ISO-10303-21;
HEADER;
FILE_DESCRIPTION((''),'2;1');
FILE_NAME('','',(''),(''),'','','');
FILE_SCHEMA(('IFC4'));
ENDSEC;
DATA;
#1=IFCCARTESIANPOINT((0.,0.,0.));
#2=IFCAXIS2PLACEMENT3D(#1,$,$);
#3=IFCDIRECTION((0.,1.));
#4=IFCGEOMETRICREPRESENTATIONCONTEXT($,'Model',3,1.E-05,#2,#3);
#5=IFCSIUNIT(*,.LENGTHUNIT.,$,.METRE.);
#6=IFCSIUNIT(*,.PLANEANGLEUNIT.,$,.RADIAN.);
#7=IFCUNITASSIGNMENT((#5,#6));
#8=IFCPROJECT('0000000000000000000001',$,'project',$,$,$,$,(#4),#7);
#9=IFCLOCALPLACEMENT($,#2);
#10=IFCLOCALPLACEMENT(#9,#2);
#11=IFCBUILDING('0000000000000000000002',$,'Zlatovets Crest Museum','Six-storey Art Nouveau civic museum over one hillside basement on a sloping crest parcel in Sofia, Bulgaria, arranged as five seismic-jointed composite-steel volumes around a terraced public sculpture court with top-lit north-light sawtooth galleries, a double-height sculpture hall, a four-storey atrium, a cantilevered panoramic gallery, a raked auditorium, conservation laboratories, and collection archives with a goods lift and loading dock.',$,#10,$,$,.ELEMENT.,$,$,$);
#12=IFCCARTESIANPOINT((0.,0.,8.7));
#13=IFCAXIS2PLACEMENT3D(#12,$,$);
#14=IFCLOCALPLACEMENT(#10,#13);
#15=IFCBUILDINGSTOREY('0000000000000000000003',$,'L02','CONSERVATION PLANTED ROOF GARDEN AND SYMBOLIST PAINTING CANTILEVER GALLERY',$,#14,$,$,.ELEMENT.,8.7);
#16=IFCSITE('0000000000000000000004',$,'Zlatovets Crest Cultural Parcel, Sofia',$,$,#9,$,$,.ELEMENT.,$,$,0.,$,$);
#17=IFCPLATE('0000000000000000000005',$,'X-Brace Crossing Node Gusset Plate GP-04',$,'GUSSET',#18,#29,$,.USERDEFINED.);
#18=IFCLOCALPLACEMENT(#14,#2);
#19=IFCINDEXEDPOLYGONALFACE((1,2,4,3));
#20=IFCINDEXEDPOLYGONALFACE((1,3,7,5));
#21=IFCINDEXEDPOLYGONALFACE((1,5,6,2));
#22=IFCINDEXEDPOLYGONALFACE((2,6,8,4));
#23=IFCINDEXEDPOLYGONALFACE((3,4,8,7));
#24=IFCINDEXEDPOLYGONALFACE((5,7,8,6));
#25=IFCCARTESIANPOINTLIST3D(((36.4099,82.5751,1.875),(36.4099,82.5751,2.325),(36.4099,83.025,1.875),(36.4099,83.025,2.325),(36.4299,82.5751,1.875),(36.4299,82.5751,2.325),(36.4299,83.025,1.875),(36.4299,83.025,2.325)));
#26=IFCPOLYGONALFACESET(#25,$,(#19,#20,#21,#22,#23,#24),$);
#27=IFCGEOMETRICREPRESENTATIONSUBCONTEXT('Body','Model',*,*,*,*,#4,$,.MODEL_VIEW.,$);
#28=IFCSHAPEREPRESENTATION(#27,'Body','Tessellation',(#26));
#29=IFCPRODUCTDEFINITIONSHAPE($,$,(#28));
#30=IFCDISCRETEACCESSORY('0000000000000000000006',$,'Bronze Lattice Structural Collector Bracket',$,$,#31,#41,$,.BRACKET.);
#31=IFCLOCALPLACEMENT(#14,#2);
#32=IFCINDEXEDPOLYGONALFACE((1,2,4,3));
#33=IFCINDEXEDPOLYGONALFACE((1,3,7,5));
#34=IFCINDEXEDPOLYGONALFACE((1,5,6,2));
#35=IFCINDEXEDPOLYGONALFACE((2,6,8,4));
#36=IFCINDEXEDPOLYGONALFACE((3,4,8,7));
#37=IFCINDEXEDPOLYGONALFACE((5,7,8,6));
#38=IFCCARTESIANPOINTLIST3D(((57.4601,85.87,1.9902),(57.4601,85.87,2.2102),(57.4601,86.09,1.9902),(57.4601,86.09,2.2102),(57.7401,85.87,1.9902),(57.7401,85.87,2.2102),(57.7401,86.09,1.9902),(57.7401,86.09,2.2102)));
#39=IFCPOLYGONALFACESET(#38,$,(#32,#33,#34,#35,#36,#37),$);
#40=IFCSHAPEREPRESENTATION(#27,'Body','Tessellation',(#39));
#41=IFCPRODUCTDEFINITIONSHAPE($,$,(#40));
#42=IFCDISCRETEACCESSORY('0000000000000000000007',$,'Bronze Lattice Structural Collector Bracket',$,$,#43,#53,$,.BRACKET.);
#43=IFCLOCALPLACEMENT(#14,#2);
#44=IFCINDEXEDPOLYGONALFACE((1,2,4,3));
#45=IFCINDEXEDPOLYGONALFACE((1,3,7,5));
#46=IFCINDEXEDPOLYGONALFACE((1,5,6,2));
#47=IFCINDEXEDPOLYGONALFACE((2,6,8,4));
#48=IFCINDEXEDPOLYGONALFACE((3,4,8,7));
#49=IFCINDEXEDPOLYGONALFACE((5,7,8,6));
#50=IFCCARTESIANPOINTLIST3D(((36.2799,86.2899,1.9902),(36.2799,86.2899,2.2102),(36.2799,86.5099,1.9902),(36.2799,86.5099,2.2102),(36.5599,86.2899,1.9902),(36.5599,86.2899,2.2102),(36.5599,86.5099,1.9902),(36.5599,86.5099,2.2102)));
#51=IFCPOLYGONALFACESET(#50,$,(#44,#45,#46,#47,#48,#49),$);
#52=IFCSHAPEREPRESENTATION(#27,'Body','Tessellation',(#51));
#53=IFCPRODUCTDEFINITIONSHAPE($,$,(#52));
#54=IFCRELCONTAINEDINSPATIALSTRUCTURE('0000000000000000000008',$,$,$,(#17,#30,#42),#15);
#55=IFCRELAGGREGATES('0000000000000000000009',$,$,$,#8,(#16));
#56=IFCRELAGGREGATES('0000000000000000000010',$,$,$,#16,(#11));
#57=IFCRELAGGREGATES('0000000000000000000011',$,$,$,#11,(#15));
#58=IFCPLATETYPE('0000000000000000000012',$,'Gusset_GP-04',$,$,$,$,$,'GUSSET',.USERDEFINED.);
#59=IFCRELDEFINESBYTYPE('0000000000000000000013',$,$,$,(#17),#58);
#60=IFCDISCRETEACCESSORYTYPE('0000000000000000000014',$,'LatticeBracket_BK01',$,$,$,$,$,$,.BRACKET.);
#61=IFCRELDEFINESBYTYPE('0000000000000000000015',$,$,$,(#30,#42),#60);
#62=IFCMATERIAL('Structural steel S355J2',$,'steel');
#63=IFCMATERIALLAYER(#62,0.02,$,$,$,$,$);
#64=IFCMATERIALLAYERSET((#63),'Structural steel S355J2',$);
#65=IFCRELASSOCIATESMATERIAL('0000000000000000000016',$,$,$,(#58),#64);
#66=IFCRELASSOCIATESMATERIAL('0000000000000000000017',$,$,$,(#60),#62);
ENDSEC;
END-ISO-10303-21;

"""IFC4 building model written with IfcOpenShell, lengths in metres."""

from ifc_helpers import new_model, si_unit, direction, frame, origin, origin_2d, place, context, subcontext, project, spatial, rectangle, extrude, material, layer, layer_set, type_object, element, save


model = new_model("IFC4")

# Units and contexts
model_context = context("Model", 3, precision=1e-05, world=origin(), true_north=direction((0.0, 1.0)))
body_context = subcontext(model_context, "Body", "Model", "MODEL_VIEW")
ifc_project = project(units=[si_unit("LENGTHUNIT", "METRE"), si_unit("PLANEANGLEUNIT", "RADIAN")], contexts=[model_context])

# Site, building, storey
site_placement = place(None, origin())
site = spatial("IfcSite", under=ifc_project, at=site_placement, Name="Zlatovets Crest Cultural Parcel, Sofia", CompositionType="ELEMENT", RefElevation=0.0)
building_placement = place(site_placement, origin())
building = spatial("IfcBuilding", under=site, at=building_placement, Name="Zlatovets Crest Museum", Description="Six-storey Art Nouveau civic museum over one hillside basement on a sloping crest parcel in Sofia, Bulgaria, arranged as five seismic-jointed composite-steel volumes around a terraced public sculpture court with top-lit north-light sawtooth galleries, a double-height sculpture hall, a four-storey atrium, a cantilevered panoramic gallery, a raked auditorium, conservation laboratories, and collection archives with a goods lift and loading dock.", CompositionType="ELEMENT")
storey_placement = place(building_placement, frame((0.0, 0.0, 8.7)))
storey = spatial("IfcBuildingStorey", under=building, at=storey_placement, Name="L02", Description="CONSERVATION PLANTED ROOF GARDEN AND SYMBOLIST PAINTING CANTILEVER GALLERY", CompositionType="ELEMENT", Elevation=8.7)

# Plate
ifc_material_1 = material(Name="Structural steel S355J2", Category="steel")
ifc_layer_1 = layer(ifc_material_1, 0.02)
ifc_layer_set_1 = layer_set([ifc_layer_1], Name="Structural steel S355J2")
plate_type_1 = type_object("IfcPlateType", Name="Gusset_GP-04", ElementType="GUSSET", PredefinedType="USERDEFINED", material=ifc_layer_set_1)
plate_1_placement = place(storey_placement, frame((36.4199, 82.8, 1.875), z_axis=(0.0, 0.0, 1.0), x_axis=(1.0, 0.0, 0.0)))
element("IfcPlate", 1, at=plate_1_placement, inside=storey, type_object=plate_type_1, Name="X-Brace Crossing Node Gusset Plate GP-04", ObjectType="GUSSET", PredefinedType="USERDEFINED", context=body_context, shape_type="SweptSolid", body=[
    extrude(rectangle(XDim=0.02, YDim=0.45, at=origin_2d()), origin(), (0.0, 0.0, 1.0), 0.45),
])

# Discrete accessories
discrete_accessory_type = type_object("IfcDiscreteAccessoryType", Name="LatticeBracket_BK01", PredefinedType="BRACKET", material=ifc_material_1)
for number, where, z_axis, x_axis, name in (
    (2, (57.6001, 85.98, 1.9902), (0.0, 0.0, 1.0), (1.0, 0.0, 0.0), "Bronze Lattice Structural Collector Bracket"),
    (3, (36.4199, 86.3999, 1.9902), (0.0, 0.0, 1.0), (1.0, 0.0, 0.0), "Bronze Lattice Structural Collector Bracket"),
):
    element("IfcDiscreteAccessory", number, at=place(storey_placement, frame(where, z_axis=z_axis, x_axis=x_axis)), inside=storey, type_object=discrete_accessory_type, Name=name, PredefinedType="BRACKET", context=body_context, shape_type="SweptSolid", body=[
        extrude(rectangle(XDim=0.28, YDim=0.22, at=origin_2d()), origin(), (0.0, 0.0, 1.0), 0.22),
    ])

save(model, "model.ifc")
